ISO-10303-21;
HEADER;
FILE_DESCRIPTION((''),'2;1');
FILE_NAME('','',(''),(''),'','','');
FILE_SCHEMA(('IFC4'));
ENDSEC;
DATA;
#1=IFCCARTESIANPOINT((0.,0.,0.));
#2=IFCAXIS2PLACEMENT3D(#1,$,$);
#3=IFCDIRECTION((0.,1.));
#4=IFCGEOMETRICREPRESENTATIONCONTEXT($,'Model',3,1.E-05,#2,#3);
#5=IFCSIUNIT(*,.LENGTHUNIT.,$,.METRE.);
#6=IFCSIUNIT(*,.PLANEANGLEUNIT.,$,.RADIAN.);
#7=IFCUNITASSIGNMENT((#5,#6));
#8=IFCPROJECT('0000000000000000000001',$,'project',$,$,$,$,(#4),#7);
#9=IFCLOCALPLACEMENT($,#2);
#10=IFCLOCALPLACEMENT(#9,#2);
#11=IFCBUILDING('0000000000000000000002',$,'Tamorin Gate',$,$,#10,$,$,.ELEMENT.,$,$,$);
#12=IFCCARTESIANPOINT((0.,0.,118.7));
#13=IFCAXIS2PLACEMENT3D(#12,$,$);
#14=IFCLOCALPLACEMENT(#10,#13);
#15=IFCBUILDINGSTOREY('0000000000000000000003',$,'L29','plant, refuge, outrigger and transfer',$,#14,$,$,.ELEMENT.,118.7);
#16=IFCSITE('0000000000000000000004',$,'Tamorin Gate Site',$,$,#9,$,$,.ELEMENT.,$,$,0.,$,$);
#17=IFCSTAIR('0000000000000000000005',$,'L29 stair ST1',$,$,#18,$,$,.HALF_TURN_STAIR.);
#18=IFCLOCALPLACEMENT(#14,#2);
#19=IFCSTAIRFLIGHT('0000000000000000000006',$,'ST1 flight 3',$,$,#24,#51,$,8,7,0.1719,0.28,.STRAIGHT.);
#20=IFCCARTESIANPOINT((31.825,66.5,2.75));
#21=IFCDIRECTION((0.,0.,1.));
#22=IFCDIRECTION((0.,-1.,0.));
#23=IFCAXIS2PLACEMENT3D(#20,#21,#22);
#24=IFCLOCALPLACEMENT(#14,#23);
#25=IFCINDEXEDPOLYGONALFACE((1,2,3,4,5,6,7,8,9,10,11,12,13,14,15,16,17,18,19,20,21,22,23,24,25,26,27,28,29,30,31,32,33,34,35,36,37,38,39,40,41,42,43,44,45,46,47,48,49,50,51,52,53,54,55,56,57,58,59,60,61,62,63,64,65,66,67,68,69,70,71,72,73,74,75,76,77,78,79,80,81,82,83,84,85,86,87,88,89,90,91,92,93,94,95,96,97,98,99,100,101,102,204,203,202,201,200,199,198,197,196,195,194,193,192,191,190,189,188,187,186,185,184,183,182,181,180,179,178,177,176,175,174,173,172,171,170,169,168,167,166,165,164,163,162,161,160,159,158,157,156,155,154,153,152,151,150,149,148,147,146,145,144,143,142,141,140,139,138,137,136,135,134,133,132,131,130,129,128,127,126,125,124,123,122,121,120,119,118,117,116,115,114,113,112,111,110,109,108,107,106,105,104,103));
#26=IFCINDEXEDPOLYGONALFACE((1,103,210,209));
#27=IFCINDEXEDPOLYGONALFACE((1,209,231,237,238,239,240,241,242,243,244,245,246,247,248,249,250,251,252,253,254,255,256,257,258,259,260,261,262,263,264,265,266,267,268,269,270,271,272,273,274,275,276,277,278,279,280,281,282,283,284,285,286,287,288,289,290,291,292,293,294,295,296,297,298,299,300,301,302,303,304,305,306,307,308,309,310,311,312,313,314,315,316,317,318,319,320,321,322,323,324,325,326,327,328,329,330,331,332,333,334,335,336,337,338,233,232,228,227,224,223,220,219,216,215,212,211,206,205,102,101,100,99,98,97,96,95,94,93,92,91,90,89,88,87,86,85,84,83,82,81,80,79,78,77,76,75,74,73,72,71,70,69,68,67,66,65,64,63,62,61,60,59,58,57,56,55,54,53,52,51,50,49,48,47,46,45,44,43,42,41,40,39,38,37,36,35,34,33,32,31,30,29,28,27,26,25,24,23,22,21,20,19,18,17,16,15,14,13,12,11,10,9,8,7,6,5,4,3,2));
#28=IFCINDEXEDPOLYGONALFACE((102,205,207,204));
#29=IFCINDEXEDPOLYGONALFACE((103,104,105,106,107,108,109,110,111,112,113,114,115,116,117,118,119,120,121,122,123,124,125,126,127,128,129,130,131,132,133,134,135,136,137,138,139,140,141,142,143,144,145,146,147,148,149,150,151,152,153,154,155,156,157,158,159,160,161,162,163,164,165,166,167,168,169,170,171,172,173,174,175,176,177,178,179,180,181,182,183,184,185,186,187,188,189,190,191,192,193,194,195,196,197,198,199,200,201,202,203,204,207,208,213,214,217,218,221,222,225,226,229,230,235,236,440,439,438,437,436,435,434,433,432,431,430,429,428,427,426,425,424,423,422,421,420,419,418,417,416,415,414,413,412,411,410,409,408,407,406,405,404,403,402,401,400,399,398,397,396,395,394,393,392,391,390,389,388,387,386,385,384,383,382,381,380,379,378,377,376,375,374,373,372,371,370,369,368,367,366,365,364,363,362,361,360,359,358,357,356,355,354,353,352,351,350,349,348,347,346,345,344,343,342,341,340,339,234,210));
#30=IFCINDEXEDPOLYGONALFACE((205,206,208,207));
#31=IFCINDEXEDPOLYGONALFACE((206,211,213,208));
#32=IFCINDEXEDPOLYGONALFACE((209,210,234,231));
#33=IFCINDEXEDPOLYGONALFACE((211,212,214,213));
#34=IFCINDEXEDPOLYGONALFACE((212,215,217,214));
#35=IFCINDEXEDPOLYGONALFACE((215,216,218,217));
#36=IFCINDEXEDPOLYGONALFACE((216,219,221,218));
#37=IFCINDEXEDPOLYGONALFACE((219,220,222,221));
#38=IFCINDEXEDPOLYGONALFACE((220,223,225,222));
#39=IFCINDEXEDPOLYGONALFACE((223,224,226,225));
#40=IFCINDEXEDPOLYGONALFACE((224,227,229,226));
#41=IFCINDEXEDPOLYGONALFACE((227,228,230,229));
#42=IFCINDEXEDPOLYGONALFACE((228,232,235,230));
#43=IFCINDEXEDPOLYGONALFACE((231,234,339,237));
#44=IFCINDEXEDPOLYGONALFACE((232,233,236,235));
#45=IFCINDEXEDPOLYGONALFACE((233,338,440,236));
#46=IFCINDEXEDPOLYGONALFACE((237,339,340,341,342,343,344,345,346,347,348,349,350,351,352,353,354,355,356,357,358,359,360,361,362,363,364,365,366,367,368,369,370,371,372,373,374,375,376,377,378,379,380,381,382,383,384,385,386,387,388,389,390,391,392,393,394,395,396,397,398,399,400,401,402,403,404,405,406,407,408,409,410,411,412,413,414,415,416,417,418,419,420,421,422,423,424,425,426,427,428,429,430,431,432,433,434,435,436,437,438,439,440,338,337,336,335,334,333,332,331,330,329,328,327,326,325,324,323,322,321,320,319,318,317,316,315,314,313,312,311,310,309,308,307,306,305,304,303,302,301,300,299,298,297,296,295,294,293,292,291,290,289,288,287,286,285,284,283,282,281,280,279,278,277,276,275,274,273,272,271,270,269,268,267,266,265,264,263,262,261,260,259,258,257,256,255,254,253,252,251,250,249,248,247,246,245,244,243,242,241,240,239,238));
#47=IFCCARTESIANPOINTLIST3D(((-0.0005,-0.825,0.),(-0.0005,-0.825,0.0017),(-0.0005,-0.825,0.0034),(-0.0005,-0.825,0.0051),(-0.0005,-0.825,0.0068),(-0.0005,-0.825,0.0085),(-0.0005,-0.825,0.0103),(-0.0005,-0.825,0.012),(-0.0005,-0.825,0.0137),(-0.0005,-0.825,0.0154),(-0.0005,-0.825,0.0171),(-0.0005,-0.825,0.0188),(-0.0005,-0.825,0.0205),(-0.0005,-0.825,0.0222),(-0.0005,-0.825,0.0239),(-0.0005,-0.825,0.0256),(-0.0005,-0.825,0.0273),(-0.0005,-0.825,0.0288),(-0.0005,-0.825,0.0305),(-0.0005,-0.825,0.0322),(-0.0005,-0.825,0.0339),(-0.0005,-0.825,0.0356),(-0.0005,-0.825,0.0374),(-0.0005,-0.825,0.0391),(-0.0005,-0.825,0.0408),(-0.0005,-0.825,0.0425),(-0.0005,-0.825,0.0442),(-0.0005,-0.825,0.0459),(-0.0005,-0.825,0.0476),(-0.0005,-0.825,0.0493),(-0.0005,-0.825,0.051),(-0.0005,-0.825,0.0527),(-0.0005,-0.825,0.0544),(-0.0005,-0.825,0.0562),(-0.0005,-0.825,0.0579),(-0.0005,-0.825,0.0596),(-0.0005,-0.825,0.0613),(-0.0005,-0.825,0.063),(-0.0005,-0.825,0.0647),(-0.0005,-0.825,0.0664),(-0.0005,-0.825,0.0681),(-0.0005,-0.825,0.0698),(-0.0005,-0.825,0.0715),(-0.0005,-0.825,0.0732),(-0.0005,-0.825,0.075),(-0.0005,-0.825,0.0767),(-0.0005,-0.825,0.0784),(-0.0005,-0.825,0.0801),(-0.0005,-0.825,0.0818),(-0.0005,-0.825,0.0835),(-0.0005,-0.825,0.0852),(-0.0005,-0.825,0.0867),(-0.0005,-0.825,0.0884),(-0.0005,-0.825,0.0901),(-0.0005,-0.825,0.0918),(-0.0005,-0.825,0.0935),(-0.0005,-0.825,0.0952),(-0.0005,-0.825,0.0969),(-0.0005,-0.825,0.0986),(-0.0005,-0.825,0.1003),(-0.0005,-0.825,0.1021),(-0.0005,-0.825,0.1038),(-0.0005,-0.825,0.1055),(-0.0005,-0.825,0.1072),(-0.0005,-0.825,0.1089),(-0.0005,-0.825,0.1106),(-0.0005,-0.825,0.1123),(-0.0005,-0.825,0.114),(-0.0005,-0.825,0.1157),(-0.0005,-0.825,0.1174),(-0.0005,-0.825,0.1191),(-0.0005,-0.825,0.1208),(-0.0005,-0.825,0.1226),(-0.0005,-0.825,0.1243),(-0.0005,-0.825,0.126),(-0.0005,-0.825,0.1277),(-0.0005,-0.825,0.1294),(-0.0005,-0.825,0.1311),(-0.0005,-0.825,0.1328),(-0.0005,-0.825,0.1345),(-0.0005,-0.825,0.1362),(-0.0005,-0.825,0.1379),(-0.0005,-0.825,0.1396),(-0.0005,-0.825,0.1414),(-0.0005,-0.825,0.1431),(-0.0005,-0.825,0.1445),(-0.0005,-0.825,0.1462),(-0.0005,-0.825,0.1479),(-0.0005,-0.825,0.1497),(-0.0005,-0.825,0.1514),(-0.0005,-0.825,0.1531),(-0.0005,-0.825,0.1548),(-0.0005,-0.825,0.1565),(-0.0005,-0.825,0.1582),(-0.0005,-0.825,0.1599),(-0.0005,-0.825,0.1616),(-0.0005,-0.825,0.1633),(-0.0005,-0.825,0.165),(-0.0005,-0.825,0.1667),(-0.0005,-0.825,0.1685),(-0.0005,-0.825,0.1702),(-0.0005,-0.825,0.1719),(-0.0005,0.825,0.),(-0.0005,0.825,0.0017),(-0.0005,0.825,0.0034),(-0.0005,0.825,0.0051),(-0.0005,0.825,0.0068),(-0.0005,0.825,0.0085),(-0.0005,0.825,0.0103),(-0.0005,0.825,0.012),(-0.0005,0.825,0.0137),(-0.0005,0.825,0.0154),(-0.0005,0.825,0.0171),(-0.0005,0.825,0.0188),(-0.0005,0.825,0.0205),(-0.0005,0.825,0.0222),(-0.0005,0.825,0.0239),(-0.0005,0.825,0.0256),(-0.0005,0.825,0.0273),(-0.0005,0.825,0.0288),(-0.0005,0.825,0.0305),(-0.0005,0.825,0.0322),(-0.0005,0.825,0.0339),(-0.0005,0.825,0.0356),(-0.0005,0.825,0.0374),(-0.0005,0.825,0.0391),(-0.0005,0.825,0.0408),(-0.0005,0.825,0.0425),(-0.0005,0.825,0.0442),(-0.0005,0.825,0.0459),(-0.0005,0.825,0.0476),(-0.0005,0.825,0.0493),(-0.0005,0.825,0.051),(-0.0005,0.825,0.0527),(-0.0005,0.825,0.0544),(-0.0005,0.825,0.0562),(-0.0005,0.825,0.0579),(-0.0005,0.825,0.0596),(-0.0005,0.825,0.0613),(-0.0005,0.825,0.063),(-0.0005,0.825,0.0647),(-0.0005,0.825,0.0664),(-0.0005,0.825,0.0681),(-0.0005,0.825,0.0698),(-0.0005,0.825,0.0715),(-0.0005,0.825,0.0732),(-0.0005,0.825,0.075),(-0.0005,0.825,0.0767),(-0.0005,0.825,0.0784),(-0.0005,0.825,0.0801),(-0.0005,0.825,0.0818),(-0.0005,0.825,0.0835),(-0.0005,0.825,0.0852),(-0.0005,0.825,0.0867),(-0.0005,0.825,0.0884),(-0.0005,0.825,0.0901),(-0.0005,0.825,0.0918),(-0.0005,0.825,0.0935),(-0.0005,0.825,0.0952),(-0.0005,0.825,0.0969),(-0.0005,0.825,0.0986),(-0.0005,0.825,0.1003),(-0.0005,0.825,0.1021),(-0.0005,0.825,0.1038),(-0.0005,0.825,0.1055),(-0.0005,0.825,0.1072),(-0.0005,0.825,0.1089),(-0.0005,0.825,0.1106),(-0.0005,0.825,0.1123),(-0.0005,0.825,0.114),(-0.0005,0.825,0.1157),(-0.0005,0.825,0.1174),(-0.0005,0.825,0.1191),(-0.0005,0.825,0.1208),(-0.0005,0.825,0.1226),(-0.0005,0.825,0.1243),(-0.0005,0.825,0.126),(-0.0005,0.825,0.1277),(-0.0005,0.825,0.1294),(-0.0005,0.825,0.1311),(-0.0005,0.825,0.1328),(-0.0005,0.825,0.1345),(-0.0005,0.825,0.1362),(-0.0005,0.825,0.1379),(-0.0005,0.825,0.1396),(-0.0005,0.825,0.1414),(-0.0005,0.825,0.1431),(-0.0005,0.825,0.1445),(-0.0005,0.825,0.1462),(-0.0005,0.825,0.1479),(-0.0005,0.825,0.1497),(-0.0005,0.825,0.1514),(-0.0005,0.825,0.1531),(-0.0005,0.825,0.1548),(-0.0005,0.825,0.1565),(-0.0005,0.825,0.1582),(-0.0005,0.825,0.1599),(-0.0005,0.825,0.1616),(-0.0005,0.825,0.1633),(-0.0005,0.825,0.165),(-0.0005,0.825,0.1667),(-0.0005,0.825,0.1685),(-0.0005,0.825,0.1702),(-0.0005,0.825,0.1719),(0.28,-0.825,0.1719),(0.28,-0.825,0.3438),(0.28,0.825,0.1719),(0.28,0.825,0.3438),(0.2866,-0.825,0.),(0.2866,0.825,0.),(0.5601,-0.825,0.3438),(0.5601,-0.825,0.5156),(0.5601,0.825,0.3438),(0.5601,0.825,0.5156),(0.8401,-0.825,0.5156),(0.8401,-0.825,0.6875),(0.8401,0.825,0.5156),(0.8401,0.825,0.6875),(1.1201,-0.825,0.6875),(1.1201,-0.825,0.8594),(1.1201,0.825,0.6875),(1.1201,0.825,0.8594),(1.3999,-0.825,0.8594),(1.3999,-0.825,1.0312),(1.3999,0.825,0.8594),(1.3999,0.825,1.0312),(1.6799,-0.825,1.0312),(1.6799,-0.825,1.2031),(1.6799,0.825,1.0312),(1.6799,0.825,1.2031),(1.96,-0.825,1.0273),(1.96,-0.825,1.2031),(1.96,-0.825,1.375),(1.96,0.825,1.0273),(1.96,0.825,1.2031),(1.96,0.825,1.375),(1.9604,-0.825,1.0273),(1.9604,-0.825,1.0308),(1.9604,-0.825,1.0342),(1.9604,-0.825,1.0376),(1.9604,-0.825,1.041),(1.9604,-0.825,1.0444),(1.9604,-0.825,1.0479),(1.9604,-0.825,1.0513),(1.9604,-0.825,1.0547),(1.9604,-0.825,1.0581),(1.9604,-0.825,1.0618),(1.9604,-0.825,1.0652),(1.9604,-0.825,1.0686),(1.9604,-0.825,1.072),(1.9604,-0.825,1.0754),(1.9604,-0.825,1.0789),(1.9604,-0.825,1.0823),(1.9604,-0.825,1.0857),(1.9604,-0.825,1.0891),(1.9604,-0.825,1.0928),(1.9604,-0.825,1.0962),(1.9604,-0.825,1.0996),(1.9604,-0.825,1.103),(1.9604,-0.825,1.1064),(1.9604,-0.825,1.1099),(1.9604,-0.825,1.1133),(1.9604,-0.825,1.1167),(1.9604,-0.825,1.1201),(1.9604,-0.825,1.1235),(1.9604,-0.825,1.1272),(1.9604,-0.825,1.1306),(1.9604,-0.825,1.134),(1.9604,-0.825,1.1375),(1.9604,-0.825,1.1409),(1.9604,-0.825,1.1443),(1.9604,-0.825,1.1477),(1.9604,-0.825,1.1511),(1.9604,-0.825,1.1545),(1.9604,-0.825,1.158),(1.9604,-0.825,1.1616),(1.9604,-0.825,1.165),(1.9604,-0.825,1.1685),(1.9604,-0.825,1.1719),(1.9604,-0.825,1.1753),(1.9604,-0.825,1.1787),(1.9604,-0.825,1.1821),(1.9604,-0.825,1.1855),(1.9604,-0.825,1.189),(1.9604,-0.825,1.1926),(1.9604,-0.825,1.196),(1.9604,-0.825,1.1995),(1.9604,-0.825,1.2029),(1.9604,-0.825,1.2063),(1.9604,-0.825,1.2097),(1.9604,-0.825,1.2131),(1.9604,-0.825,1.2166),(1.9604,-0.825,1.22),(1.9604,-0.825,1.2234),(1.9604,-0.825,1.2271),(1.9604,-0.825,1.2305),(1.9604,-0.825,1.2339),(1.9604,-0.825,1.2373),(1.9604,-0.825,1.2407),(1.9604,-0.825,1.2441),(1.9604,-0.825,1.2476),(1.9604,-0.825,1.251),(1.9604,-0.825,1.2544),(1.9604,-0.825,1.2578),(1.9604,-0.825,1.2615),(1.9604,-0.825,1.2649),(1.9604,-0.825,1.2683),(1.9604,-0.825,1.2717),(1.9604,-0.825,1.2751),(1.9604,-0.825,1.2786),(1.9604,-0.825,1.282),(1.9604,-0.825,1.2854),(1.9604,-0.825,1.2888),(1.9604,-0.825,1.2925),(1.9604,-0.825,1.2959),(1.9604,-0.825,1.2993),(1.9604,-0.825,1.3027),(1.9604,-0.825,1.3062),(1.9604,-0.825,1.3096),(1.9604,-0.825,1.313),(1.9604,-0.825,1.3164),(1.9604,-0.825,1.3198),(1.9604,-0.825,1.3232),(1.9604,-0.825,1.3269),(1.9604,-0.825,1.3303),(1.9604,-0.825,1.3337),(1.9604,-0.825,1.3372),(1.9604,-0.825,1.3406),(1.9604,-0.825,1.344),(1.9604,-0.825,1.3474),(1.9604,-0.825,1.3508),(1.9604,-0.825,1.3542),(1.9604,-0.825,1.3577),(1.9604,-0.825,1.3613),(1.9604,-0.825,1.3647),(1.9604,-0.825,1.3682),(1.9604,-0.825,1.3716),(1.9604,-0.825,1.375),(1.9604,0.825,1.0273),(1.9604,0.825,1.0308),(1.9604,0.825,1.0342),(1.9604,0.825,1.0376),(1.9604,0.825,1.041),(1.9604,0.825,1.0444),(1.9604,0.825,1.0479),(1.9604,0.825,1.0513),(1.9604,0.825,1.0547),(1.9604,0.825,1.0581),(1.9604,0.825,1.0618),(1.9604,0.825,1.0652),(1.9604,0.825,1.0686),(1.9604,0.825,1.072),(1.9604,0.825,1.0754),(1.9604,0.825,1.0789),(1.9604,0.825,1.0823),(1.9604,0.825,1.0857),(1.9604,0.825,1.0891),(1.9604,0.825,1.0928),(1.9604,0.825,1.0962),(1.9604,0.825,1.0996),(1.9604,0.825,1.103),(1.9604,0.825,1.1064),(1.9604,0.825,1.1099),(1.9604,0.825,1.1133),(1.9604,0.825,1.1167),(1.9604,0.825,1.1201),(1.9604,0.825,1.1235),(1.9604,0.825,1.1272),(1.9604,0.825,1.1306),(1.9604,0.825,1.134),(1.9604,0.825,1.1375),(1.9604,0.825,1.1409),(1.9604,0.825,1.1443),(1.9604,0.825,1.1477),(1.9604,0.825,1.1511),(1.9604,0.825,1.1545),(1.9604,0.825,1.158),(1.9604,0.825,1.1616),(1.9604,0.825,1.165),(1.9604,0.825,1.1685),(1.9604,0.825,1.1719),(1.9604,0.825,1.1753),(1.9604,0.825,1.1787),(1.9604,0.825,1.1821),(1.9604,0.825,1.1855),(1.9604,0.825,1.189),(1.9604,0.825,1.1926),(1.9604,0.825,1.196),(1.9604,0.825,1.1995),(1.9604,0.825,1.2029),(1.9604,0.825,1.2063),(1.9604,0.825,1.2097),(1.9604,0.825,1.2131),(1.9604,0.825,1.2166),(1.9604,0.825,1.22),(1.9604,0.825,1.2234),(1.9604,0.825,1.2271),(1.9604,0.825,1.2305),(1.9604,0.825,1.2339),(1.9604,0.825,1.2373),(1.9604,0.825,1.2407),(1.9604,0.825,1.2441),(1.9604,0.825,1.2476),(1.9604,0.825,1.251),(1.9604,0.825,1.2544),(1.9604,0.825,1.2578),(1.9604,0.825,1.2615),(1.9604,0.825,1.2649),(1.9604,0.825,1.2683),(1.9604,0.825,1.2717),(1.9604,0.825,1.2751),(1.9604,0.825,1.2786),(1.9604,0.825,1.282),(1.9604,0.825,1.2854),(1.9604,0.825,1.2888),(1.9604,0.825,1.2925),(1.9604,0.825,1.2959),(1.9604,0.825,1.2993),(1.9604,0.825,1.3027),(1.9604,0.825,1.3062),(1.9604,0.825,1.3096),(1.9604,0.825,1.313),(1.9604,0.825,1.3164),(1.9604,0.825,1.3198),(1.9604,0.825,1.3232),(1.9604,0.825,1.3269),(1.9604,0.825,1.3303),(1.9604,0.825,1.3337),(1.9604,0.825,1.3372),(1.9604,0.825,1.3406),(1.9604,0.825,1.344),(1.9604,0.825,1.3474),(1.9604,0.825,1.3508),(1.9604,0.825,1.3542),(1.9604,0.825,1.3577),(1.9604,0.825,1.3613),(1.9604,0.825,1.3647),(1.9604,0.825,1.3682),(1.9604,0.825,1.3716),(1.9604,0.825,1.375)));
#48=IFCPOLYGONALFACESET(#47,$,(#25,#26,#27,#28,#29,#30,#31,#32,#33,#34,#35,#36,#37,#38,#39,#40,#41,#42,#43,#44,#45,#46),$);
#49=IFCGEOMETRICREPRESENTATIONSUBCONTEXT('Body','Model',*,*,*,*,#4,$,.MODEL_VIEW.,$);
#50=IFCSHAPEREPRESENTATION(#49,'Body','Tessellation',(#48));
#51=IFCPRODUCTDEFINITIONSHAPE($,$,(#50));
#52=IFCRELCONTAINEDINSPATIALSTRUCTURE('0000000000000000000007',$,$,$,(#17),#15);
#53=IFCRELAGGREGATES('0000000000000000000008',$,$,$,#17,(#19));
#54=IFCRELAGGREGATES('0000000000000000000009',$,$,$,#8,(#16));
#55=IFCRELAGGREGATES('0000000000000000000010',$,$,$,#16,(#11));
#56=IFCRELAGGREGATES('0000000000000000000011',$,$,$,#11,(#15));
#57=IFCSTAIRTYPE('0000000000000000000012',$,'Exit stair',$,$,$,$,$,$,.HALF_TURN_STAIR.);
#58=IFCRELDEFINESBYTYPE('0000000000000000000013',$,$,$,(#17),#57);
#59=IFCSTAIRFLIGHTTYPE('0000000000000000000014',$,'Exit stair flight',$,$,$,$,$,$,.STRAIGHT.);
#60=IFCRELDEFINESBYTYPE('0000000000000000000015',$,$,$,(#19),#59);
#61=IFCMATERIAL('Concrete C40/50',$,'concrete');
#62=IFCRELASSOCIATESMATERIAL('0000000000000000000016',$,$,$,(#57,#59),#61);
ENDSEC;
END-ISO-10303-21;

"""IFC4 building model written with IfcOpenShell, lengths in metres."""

from ifc_helpers import new_model, si_unit, direction, frame, origin, place, context, subcontext, project, spatial, polyline, outline, extrude, material, type_object, element, aggregate, save


model = new_model("IFC4")

# Units and contexts
model_context = context("Model", 3, precision=1e-05, world=origin(), true_north=direction((0.0, 1.0)))
body_context = subcontext(model_context, "Body", "Model", "MODEL_VIEW")
ifc_project = project(units=[si_unit("LENGTHUNIT", "METRE"), si_unit("PLANEANGLEUNIT", "RADIAN")], contexts=[model_context])

# Site, building, storey
site_placement = place(None, origin())
site = spatial("IfcSite", under=ifc_project, at=site_placement, Name="Tamorin Gate Site", CompositionType="ELEMENT", RefElevation=0.0)
building_placement = place(site_placement, origin())
building = spatial("IfcBuilding", under=site, at=building_placement, Name="Tamorin Gate", CompositionType="ELEMENT")
storey_placement = place(building_placement, frame((0.0, 0.0, 118.7)))
storey = spatial("IfcBuildingStorey", under=building, at=storey_placement, Name="L29", Description="plant, refuge, outrigger and transfer", CompositionType="ELEMENT", Elevation=118.7)

# Stair, stair flight
ifc_material_1 = material(Name="Concrete C40/50", Category="concrete")
stair_type = type_object("IfcStairType", Name="Exit stair", PredefinedType="HALF_TURN_STAIR", material=ifc_material_1)
stair_placement = place(storey_placement, origin())
stair = element("IfcStair", 1, at=stair_placement, inside=storey, type_object=stair_type, Name="L29 stair ST1", PredefinedType="HALF_TURN_STAIR")
stair_flight_type = type_object("IfcStairFlightType", Name="Exit stair flight", PredefinedType="STRAIGHT", material=ifc_material_1)
stair_flight_1_placement = place(storey_placement, frame((31.825, 66.5, 2.75), z_axis=(0.0, 0.0, 1.0), x_axis=(0.0, -1.0, 0.0)))
stair_flight_1 = element("IfcStairFlight", 2, at=stair_flight_1_placement, type_object=stair_flight_type, Name="ST1 flight 3", NumberOfRisers=8, NumberOfTreads=7, PredefinedType="STRAIGHT", RiserHeight=0.1719, TreadLength=0.28, context=body_context, shape_type="SweptSolid", body=[
    extrude(outline(polyline([(-0.0005, 0.0), (-0.0005, 0.0017), (-0.0005, 0.0034), (-0.0005, 0.0051), (-0.0005, 0.0068), (-0.0005, 0.0085), (-0.0005, 0.0103), (-0.0005, 0.012), (-0.0005, 0.0137), (-0.0005, 0.0154), (-0.0005, 0.0171), (-0.0005, 0.0188), (-0.0005, 0.0205), (-0.0005, 0.0222), (-0.0005, 0.0239), (-0.0005, 0.0256), (-0.0005, 0.0273), (-0.0005, 0.0288), (-0.0005, 0.0305), (-0.0005, 0.0322), (-0.0005, 0.0339), (-0.0005, 0.0356), (-0.0005, 0.0374), (-0.0005, 0.0391), (-0.0005, 0.0408), (-0.0005, 0.0425), (-0.0005, 0.0442), (-0.0005, 0.0459), (-0.0005, 0.0476), (-0.0005, 0.0493), (-0.0005, 0.051), (-0.0005, 0.0527), (-0.0005, 0.0544), (-0.0005, 0.0562), (-0.0005, 0.0579), (-0.0005, 0.0596), (-0.0005, 0.0613), (-0.0005, 0.063), (-0.0005, 0.0647), (-0.0005, 0.0664), (-0.0005, 0.0681), (-0.0005, 0.0698), (-0.0005, 0.0715), (-0.0005, 0.0732), (-0.0005, 0.075), (-0.0005, 0.0767), (-0.0005, 0.0784), (-0.0005, 0.0801), (-0.0005, 0.0818), (-0.0005, 0.0835), (-0.0005, 0.0852), (-0.0005, 0.0867), (-0.0005, 0.0884), (-0.0005, 0.0901), (-0.0005, 0.0918), (-0.0005, 0.0935), (-0.0005, 0.0952), (-0.0005, 0.0969), (-0.0005, 0.0986), (-0.0005, 0.1003), (-0.0005, 0.1021), (-0.0005, 0.1038), (-0.0005, 0.1055), (-0.0005, 0.1072), (-0.0005, 0.1089), (-0.0005, 0.1106), (-0.0005, 0.1123), (-0.0005, 0.114), (-0.0005, 0.1157), (-0.0005, 0.1174), (-0.0005, 0.1191), (-0.0005, 0.1208), (-0.0005, 0.1226), (-0.0005, 0.1243), (-0.0005, 0.126), (-0.0005, 0.1277), (-0.0005, 0.1294), (-0.0005, 0.1311), (-0.0005, 0.1328), (-0.0005, 0.1345), (-0.0005, 0.1362), (-0.0005, 0.1379), (-0.0005, 0.1396), (-0.0005, 0.1414), (-0.0005, 0.1431), (-0.0005, 0.1445), (-0.0005, 0.1462), (-0.0005, 0.1479), (-0.0005, 0.1497), (-0.0005, 0.1514), (-0.0005, 0.1531), (-0.0005, 0.1548), (-0.0005, 0.1565), (-0.0005, 0.1582), (-0.0005, 0.1599), (-0.0005, 0.1616), (-0.0005, 0.1633), (-0.0005, 0.165), (-0.0005, 0.1667), (-0.0005, 0.1685), (-0.0005, 0.1702), (-0.0005, 0.1719), (0.28, 0.1719), (0.28, 0.3438), (0.5601, 0.3438), (0.5601, 0.5156), (0.8401, 0.5156), (0.8401, 0.6875), (1.1201, 0.6875), (1.1201, 0.8594), (1.3999, 0.8594), (1.3999, 1.0312), (1.6799, 1.0312), (1.6799, 1.2031), (1.96, 1.2031), (1.96, 1.375), (1.9604, 1.375), (1.9604, 1.3716), (1.9604, 1.3682), (1.9604, 1.3647), (1.9604, 1.3613), (1.9604, 1.3577), (1.9604, 1.3542), (1.9604, 1.3508), (1.9604, 1.3474), (1.9604, 1.344), (1.9604, 1.3406), (1.9604, 1.3372), (1.9604, 1.3337), (1.9604, 1.3303), (1.9604, 1.3269), (1.9604, 1.3232), (1.9604, 1.3198), (1.9604, 1.3164), (1.9604, 1.313), (1.9604, 1.3096), (1.9604, 1.3062), (1.9604, 1.3027), (1.9604, 1.2993), (1.9604, 1.2959), (1.9604, 1.2925), (1.9604, 1.2888), (1.9604, 1.2854), (1.9604, 1.282), (1.9604, 1.2786), (1.9604, 1.2751), (1.9604, 1.2717), (1.9604, 1.2683), (1.9604, 1.2649), (1.9604, 1.2615), (1.9604, 1.2578), (1.9604, 1.2544), (1.9604, 1.251), (1.9604, 1.2476), (1.9604, 1.2441), (1.9604, 1.2407), (1.9604, 1.2373), (1.9604, 1.2339), (1.9604, 1.2305), (1.9604, 1.2271), (1.9604, 1.2234), (1.9604, 1.22), (1.9604, 1.2166), (1.9604, 1.2131), (1.9604, 1.2097), (1.9604, 1.2063), (1.9604, 1.2029), (1.9604, 1.1995), (1.9604, 1.196), (1.9604, 1.1926), (1.9604, 1.189), (1.9604, 1.1855), (1.9604, 1.1821), (1.9604, 1.1787), (1.9604, 1.1753), (1.9604, 1.1719), (1.9604, 1.1685), (1.9604, 1.165), (1.9604, 1.1616), (1.9604, 1.158), (1.9604, 1.1545), (1.9604, 1.1511), (1.9604, 1.1477), (1.9604, 1.1443), (1.9604, 1.1409), (1.9604, 1.1375), (1.9604, 1.134), (1.9604, 1.1306), (1.9604, 1.1272), (1.9604, 1.1235), (1.9604, 1.1201), (1.9604, 1.1167), (1.9604, 1.1133), (1.9604, 1.1099), (1.9604, 1.1064), (1.9604, 1.103), (1.9604, 1.0996), (1.9604, 1.0962), (1.9604, 1.0928), (1.9604, 1.0891), (1.9604, 1.0857), (1.9604, 1.0823), (1.9604, 1.0789), (1.9604, 1.0754), (1.9604, 1.072), (1.9604, 1.0686), (1.9604, 1.0652), (1.9604, 1.0618), (1.9604, 1.0581), (1.9604, 1.0547), (1.9604, 1.0513), (1.9604, 1.0479), (1.9604, 1.0444), (1.9604, 1.041), (1.9604, 1.0376), (1.9604, 1.0342), (1.9604, 1.0308), (1.9604, 1.0273), (1.96, 1.0273), (0.2866, 0.0), (-0.0005, 0.0)])), frame((0.0, 0.825, 0.0), z_axis=(0.0, -1.0, 0.0), x_axis=(1.0, 0.0, 0.0)), (0.0, 0.0, 1.0), 1.6499),
])
aggregate(stair, [stair_flight_1])

save(model, "model.ifc")
